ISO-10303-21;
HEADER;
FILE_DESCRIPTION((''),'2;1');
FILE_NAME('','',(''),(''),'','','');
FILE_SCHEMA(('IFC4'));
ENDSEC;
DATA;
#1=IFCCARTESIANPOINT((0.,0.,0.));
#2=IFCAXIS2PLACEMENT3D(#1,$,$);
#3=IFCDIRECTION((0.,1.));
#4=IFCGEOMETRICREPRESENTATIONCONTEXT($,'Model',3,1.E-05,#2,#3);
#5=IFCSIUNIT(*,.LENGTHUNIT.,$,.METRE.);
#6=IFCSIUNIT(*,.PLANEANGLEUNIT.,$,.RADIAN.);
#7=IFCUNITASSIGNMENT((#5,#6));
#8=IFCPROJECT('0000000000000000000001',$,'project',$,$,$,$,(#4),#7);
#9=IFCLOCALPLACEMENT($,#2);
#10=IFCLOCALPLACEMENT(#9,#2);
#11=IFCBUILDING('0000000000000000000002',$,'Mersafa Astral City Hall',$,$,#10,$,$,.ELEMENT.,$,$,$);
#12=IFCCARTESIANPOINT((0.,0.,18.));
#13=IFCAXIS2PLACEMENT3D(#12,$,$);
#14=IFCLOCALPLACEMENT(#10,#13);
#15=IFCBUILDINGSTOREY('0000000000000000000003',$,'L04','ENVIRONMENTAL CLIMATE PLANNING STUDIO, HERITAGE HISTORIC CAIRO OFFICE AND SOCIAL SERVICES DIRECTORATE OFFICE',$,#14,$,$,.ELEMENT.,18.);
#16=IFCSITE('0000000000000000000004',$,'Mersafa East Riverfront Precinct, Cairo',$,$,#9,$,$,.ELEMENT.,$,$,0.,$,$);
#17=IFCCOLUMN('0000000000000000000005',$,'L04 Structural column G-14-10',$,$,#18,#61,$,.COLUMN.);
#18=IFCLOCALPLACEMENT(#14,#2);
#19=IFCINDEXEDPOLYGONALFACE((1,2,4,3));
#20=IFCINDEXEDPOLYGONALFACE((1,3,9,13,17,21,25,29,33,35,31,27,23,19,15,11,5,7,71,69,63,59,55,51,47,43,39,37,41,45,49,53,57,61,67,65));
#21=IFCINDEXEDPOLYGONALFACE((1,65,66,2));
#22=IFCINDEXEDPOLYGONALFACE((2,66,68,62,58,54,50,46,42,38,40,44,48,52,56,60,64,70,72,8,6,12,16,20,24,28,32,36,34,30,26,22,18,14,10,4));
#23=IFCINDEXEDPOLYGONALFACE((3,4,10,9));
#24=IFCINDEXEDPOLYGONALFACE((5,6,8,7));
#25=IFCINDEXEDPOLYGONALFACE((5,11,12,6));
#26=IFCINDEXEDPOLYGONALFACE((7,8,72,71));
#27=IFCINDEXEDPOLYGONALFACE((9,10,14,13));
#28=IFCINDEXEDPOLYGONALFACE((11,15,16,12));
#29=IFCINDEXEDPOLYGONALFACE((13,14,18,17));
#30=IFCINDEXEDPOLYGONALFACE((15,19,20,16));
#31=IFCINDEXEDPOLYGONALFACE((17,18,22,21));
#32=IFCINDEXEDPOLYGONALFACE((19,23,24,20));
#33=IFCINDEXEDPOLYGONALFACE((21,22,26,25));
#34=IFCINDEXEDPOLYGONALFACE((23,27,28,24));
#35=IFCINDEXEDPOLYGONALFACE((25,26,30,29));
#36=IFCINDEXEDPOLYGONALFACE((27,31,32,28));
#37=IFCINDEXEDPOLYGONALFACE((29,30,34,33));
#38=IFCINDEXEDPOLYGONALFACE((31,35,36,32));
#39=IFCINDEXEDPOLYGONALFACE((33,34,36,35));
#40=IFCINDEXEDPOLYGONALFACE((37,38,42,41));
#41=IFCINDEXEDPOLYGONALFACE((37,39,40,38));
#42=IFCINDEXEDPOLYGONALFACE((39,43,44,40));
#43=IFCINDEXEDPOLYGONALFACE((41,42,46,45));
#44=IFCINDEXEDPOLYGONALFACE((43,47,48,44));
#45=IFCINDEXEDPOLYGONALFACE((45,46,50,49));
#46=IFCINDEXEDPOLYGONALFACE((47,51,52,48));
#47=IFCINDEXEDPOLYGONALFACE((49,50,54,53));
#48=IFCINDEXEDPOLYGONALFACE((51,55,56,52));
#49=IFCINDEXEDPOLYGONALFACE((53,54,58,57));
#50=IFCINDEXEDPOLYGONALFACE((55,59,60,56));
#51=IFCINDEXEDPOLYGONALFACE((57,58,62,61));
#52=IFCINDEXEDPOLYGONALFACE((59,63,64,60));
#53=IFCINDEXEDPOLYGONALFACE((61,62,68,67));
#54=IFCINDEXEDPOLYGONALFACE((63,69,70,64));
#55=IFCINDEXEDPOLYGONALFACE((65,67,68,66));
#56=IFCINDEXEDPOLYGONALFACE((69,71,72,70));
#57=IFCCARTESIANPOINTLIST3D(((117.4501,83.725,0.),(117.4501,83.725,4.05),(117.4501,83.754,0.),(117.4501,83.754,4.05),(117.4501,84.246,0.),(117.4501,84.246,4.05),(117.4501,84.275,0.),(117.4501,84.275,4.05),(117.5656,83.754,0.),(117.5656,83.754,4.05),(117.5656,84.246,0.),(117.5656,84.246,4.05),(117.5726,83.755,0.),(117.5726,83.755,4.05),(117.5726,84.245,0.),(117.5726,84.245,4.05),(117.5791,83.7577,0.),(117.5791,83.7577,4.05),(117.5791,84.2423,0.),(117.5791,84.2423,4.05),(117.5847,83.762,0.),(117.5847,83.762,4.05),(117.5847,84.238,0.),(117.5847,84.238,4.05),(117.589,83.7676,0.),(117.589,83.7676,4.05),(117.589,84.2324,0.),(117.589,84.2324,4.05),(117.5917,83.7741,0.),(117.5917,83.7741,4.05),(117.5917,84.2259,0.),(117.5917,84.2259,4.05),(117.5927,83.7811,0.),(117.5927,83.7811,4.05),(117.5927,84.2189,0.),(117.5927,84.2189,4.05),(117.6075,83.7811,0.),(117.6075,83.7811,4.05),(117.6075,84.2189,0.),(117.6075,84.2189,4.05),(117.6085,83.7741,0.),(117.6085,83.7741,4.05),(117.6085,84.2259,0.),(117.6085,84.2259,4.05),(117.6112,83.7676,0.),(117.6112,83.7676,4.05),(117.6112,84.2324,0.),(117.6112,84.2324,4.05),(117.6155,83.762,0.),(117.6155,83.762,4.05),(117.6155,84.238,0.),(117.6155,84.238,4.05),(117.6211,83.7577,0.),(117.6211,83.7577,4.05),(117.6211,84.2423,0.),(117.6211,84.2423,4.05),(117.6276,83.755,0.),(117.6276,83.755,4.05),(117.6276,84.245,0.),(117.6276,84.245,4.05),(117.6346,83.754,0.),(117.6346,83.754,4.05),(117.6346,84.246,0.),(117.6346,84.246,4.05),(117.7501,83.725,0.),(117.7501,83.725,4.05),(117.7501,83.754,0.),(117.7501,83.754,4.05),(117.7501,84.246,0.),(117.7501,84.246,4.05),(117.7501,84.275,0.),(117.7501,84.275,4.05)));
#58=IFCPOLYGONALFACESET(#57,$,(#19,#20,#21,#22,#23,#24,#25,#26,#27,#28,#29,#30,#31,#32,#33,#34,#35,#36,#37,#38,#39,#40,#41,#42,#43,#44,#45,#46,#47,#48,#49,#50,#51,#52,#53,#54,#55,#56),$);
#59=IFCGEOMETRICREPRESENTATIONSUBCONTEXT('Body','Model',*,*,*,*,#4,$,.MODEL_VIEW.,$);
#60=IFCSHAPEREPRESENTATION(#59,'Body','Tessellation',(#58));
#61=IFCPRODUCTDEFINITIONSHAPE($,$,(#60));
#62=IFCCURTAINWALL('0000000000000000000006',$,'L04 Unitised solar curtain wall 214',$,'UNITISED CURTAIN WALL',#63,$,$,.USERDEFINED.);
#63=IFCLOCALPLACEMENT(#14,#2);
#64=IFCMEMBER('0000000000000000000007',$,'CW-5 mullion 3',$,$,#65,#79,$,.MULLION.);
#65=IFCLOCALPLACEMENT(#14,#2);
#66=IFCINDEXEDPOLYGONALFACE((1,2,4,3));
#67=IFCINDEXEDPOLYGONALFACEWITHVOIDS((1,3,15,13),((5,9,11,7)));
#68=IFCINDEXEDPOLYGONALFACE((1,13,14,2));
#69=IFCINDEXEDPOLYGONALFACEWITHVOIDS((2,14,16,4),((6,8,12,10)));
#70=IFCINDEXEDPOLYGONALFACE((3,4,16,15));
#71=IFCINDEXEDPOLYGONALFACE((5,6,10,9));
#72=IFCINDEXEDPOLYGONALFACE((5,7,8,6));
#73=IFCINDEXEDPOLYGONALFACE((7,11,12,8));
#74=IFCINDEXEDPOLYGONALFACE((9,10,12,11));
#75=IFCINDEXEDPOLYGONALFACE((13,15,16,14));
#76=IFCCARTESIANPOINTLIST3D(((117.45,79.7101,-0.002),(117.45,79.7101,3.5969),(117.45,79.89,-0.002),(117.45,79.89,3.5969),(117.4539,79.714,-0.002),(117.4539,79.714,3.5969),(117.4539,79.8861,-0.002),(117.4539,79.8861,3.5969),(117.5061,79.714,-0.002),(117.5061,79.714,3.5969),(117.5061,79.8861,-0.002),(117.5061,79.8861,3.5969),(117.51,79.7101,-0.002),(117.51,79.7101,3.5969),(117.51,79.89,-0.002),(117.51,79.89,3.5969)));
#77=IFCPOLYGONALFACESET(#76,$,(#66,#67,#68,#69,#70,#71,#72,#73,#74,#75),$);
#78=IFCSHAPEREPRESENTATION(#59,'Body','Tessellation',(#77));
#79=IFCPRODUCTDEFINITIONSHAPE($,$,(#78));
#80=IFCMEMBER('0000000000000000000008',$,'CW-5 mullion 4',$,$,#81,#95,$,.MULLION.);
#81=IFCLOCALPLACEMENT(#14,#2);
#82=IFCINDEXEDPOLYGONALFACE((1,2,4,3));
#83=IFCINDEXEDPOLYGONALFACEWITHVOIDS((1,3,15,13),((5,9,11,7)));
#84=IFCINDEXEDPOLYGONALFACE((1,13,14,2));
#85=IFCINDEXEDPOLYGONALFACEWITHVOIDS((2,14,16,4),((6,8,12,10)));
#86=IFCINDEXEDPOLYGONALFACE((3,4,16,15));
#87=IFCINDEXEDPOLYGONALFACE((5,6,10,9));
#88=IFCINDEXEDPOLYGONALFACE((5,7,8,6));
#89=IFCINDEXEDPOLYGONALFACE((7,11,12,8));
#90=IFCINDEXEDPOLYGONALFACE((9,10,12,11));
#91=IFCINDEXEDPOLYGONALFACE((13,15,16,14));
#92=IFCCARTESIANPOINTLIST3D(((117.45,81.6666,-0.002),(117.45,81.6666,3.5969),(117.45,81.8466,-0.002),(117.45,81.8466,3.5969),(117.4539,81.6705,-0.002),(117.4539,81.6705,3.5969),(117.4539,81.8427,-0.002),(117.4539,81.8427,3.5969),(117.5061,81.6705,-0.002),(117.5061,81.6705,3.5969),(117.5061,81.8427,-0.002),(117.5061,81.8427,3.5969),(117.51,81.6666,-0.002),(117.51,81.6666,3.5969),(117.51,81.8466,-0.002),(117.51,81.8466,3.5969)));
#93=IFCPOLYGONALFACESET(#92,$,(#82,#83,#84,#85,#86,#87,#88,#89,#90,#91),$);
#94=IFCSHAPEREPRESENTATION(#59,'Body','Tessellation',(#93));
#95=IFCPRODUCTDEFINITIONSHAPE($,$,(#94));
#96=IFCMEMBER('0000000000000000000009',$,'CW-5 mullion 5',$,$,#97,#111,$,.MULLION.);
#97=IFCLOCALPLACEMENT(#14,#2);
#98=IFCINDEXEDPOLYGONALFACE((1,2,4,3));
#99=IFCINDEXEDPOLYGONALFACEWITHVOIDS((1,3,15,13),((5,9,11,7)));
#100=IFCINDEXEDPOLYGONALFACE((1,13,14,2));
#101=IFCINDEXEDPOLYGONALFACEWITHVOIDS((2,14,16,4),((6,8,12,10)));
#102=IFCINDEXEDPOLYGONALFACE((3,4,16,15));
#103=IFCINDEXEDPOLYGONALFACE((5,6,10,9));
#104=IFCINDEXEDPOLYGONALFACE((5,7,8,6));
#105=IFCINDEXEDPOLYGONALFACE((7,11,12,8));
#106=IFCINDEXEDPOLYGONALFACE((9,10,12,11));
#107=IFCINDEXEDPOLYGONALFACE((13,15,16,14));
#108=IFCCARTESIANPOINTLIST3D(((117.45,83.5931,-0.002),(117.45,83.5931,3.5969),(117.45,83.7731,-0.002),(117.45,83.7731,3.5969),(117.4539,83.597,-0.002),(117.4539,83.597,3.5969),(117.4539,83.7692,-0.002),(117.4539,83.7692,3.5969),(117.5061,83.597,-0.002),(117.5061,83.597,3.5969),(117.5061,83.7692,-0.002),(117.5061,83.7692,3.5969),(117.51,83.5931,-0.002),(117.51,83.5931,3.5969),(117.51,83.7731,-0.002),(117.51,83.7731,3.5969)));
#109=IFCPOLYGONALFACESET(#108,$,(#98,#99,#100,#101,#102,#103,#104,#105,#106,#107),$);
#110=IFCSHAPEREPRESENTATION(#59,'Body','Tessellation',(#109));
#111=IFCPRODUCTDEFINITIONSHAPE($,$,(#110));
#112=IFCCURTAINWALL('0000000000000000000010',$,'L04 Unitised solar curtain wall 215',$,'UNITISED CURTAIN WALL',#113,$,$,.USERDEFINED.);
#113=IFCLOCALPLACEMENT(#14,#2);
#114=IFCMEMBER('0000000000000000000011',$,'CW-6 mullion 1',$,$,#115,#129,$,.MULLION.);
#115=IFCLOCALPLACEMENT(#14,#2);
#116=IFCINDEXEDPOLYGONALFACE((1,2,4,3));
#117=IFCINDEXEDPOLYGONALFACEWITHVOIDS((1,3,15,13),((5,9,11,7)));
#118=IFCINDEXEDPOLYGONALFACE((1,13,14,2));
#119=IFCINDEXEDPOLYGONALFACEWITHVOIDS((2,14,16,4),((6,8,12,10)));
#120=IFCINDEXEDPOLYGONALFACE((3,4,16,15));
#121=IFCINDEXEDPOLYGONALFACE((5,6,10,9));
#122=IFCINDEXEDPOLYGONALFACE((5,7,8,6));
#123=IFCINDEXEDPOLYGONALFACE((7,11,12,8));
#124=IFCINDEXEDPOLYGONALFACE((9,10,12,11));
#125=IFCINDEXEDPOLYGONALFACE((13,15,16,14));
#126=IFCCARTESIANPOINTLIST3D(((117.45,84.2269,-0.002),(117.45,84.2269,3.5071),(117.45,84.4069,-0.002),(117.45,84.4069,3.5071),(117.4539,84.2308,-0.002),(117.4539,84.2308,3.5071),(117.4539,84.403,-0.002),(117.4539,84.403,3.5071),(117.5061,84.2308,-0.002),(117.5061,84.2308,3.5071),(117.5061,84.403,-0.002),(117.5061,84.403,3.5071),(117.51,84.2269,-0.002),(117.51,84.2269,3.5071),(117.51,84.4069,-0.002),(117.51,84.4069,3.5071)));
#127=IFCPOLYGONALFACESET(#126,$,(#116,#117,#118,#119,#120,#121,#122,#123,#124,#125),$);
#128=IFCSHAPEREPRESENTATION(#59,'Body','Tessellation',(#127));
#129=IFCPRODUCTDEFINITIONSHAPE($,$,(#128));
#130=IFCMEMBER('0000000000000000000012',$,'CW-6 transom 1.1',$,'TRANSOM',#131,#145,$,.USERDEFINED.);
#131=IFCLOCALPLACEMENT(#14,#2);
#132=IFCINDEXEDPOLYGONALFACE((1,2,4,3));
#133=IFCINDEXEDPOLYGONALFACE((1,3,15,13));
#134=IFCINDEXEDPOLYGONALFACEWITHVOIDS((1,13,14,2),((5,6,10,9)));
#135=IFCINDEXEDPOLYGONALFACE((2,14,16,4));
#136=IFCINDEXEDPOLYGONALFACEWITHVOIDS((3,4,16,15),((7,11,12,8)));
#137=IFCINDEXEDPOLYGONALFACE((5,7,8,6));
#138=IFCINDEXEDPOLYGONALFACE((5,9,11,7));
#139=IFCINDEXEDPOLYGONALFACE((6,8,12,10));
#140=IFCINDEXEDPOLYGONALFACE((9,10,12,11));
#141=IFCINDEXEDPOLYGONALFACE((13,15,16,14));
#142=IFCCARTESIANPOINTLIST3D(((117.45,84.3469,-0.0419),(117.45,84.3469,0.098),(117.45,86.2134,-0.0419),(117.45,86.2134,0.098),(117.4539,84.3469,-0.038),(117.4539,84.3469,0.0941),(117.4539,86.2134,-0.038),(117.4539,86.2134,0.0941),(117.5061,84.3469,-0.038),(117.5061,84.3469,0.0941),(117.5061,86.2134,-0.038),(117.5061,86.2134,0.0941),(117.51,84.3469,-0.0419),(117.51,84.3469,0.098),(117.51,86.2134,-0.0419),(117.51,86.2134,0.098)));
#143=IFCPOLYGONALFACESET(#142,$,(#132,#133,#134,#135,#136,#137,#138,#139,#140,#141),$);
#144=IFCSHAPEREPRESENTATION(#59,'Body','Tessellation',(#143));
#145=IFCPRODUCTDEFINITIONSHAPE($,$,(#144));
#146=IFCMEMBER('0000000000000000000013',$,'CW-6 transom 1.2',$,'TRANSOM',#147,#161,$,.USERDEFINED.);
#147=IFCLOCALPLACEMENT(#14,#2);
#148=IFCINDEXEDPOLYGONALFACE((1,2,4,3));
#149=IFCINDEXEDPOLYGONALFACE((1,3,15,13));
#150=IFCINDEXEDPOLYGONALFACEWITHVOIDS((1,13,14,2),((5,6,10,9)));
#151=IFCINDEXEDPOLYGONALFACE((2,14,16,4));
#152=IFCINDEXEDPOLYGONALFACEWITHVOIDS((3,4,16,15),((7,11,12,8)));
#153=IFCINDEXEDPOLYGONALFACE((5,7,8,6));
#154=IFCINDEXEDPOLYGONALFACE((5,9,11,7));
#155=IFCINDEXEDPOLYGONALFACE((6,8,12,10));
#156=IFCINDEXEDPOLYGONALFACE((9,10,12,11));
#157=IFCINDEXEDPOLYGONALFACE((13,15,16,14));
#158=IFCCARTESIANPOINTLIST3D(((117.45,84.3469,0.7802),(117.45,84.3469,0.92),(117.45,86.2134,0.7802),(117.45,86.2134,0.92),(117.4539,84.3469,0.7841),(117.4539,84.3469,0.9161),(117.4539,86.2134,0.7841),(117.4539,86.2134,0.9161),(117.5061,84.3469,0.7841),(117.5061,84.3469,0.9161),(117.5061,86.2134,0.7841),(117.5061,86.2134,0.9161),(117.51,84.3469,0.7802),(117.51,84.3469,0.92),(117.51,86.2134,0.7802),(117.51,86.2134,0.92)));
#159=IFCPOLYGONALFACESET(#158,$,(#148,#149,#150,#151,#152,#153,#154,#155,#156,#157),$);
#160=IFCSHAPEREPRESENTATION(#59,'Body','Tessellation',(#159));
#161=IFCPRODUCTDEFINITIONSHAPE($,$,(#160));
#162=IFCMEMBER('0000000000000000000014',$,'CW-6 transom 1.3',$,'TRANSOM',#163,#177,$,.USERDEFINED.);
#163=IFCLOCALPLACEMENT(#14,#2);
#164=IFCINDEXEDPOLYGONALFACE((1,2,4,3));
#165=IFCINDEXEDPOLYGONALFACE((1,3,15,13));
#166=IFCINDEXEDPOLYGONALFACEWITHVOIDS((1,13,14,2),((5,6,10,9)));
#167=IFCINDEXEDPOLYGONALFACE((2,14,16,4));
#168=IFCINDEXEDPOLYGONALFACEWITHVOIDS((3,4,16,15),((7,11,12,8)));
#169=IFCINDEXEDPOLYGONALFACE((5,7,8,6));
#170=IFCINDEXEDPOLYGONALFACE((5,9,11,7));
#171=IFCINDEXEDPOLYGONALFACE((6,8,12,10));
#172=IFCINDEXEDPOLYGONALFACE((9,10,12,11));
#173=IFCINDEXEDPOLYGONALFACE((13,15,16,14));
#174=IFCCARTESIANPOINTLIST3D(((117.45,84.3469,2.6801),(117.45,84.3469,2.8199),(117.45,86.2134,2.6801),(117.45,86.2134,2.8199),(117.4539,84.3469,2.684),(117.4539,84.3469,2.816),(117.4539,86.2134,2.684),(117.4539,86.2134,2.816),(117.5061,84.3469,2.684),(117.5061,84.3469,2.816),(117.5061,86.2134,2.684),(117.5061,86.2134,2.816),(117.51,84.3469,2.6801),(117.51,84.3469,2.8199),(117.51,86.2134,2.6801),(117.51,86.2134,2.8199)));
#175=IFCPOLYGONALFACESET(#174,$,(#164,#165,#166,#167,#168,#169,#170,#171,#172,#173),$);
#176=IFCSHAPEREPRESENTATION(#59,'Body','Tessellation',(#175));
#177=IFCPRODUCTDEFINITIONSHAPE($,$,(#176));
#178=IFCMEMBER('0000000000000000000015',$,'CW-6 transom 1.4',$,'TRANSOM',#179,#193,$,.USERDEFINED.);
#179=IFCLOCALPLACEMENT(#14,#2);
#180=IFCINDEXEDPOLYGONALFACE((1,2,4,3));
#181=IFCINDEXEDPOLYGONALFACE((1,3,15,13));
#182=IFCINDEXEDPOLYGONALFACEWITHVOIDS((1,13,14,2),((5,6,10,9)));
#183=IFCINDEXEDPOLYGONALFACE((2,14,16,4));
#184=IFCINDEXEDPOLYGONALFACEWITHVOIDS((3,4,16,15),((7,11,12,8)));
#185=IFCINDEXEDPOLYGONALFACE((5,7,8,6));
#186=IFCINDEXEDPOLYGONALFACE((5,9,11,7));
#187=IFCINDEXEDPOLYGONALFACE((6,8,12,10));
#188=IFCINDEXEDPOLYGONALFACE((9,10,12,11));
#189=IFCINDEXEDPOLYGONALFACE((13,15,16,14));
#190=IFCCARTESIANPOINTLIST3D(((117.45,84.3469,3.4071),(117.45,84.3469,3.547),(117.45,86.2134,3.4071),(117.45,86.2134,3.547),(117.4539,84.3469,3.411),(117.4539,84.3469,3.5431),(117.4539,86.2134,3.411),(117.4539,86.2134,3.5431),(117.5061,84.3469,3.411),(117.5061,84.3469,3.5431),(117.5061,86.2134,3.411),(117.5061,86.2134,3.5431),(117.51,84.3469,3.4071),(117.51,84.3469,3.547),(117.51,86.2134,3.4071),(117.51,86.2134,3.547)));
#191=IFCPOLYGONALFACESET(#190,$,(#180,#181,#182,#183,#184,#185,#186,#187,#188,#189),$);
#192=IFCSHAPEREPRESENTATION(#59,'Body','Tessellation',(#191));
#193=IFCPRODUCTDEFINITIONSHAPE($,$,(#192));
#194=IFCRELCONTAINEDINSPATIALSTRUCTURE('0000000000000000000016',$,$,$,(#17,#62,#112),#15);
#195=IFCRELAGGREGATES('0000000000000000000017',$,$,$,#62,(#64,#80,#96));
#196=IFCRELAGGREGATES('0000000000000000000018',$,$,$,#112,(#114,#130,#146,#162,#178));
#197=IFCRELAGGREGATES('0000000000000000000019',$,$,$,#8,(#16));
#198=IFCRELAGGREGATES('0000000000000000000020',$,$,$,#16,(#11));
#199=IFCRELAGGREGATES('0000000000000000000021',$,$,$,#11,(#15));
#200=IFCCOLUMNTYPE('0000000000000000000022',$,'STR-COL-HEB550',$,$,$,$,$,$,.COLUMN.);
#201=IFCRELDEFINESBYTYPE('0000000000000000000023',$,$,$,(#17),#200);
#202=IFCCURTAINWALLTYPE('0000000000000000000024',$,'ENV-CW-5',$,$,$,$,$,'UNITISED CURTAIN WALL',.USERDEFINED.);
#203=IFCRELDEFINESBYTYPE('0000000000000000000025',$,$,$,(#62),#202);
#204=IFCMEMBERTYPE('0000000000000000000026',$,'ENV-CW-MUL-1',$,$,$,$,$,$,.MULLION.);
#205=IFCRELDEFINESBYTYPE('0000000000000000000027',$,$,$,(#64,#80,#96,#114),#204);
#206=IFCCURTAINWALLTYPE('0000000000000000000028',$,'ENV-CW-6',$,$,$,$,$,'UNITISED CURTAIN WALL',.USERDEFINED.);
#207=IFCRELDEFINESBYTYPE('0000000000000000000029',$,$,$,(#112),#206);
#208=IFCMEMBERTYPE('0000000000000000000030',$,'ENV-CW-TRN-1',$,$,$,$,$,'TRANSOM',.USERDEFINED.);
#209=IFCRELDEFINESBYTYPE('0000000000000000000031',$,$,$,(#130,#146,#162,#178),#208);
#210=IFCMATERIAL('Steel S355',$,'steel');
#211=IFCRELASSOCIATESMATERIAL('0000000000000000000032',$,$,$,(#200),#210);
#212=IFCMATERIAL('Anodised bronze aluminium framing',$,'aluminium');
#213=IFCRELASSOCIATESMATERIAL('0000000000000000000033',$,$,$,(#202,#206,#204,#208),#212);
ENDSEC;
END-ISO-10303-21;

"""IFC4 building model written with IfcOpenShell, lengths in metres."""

from ifc_helpers import new_model, si_unit, direction, frame, origin, origin_2d, place, context, subcontext, project, spatial, hollow_rectangle, i_section, extrude, material, material_profile, profile_set, type_object, element, aggregate, save


model = new_model("IFC4")

# Units and contexts
model_context = context("Model", 3, precision=1e-05, world=origin(), true_north=direction((0.0, 1.0)))
body_context = subcontext(model_context, "Body", "Model", "MODEL_VIEW")
ifc_project = project(units=[si_unit("LENGTHUNIT", "METRE"), si_unit("PLANEANGLEUNIT", "RADIAN")], contexts=[model_context])

# Site, building, storey
site_placement = place(None, origin())
site = spatial("IfcSite", under=ifc_project, at=site_placement, Name="Mersafa East Riverfront Precinct, Cairo", CompositionType="ELEMENT", RefElevation=0.0)
building_placement = place(site_placement, origin())
building = spatial("IfcBuilding", under=site, at=building_placement, Name="Mersafa Astral City Hall", CompositionType="ELEMENT")
storey_placement = place(building_placement, frame((0.0, 0.0, 18.0)))
storey = spatial("IfcBuildingStorey", under=building, at=storey_placement, Name="L04", Description="ENVIRONMENTAL CLIMATE PLANNING STUDIO, HERITAGE HISTORIC CAIRO OFFICE AND SOCIAL SERVICES DIRECTORATE OFFICE", CompositionType="ELEMENT", Elevation=18.0)

# Column
ifc_material_1 = material(Name="Steel S355", Category="steel")
ifc_material_profile_1 = material_profile(ifc_material_1, i_section(OverallWidth=0.3, OverallDepth=0.55, WebThickness=0.0149, FlangeThickness=0.0291, FilletRadius=0.0271, at=origin_2d()), Name="HEB 550")
ifc_profile_set_1 = profile_set([ifc_material_profile_1], Name="Steel S355")
column_type = type_object("IfcColumnType", Name="STR-COL-HEB550", PredefinedType="COLUMN", material=ifc_profile_set_1)
column_placement = place(storey_placement, frame((117.6001, 84.0, 0.0), z_axis=(0.0, 0.0, 1.0), x_axis=(1.0, 0.0, 0.0)))
element("IfcColumn", 1, at=column_placement, inside=storey, type_object=column_type, Name="L04 Structural column G-14-10", PredefinedType="COLUMN", context=body_context, shape_type="SweptSolid", body=[
    extrude(i_section(OverallWidth=0.3, OverallDepth=0.55, WebThickness=0.0149, FlangeThickness=0.0291, FilletRadius=0.0271, at=origin_2d()), origin(), (0.0, 0.0, 1.0), 4.05),
])

# Curtain walls, members
ifc_material_2 = material(Name="Anodised bronze aluminium framing", Category="aluminium")
curtain_wall_type_1 = type_object("IfcCurtainWallType", Name="ENV-CW-5", ElementType="UNITISED CURTAIN WALL", PredefinedType="USERDEFINED", material=ifc_material_2)
curtain_wall_1_placement = place(storey_placement, origin())
curtain_wall_1 = element("IfcCurtainWall", 2, at=curtain_wall_1_placement, inside=storey, type_object=curtain_wall_type_1, Name="L04 Unitised solar curtain wall 214", ObjectType="UNITISED CURTAIN WALL", PredefinedType="USERDEFINED")
ifc_material_profile_2 = material_profile(ifc_material_2, hollow_rectangle(XDim=0.0601, YDim=0.1799, WallThickness=0.0039, at=origin_2d()), Name="RHS 60x180x4")
ifc_profile_set_2 = profile_set([ifc_material_profile_2], Name="Anodised bronze aluminium framing")
member_type_1 = type_object("IfcMemberType", Name="ENV-CW-MUL-1", PredefinedType="MULLION", material=ifc_profile_set_2)
member_1_placement = place(storey_placement, frame((117.48, 79.8, -0.002), z_axis=(0.0, 0.0, 1.0), x_axis=(-1.0, 0.0, 0.0)))
member_1 = element("IfcMember", 3, at=member_1_placement, type_object=member_type_1, Name="CW-5 mullion 3", PredefinedType="MULLION", context=body_context, shape_type="SweptSolid", body=[
    extrude(hollow_rectangle(XDim=0.0601, YDim=0.1799, WallThickness=0.0039, at=origin_2d()), origin(), (0.0, 0.0, 1.0), 3.5989),
])
member_2_placement = place(storey_placement, frame((117.48, 81.7566, -0.002), z_axis=(0.0, 0.0, 1.0), x_axis=(-1.0, 0.0, 0.0)))
member_2 = element("IfcMember", 4, at=member_2_placement, type_object=member_type_1, Name="CW-5 mullion 4", PredefinedType="MULLION", context=body_context, shape_type="SweptSolid", body=[
    extrude(hollow_rectangle(XDim=0.0601, YDim=0.1799, WallThickness=0.0039, at=origin_2d()), origin(), (0.0, 0.0, 1.0), 3.5989),
])
member_3_placement = place(storey_placement, frame((117.48, 83.6831, -0.002), z_axis=(0.0, 0.0, 1.0), x_axis=(-1.0, 0.0, 0.0)))
member_3 = element("IfcMember", 5, at=member_3_placement, type_object=member_type_1, Name="CW-5 mullion 5", PredefinedType="MULLION", context=body_context, shape_type="SweptSolid", body=[
    extrude(hollow_rectangle(XDim=0.0601, YDim=0.1799, WallThickness=0.0039, at=origin_2d()), origin(), (0.0, 0.0, 1.0), 3.5989),
])
curtain_wall_type_2 = type_object("IfcCurtainWallType", Name="ENV-CW-6", ElementType="UNITISED CURTAIN WALL", PredefinedType="USERDEFINED", material=ifc_material_2)
curtain_wall_2_placement = place(storey_placement, origin())
curtain_wall_2 = element("IfcCurtainWall", 6, at=curtain_wall_2_placement, inside=storey, type_object=curtain_wall_type_2, Name="L04 Unitised solar curtain wall 215", ObjectType="UNITISED CURTAIN WALL", PredefinedType="USERDEFINED")
member_4_placement = place(storey_placement, frame((117.48, 84.3169, -0.002), z_axis=(0.0, 0.0, 1.0), x_axis=(-1.0, 0.0, 0.0)))
member_4 = element("IfcMember", 7, at=member_4_placement, type_object=member_type_1, Name="CW-6 mullion 1", PredefinedType="MULLION", context=body_context, shape_type="SweptSolid", body=[
    extrude(hollow_rectangle(XDim=0.0601, YDim=0.1799, WallThickness=0.0039, at=origin_2d()), origin(), (0.0, 0.0, 1.0), 3.509),
])
ifc_material_profile_3 = material_profile(ifc_material_2, hollow_rectangle(XDim=0.0601, YDim=0.1399, WallThickness=0.0039, at=origin_2d()), Name="RHS 60x140x4")
ifc_profile_set_3 = profile_set([ifc_material_profile_3], Name="Anodised bronze aluminium framing")
member_type_2 = type_object("IfcMemberType", Name="ENV-CW-TRN-1", ElementType="TRANSOM", PredefinedType="USERDEFINED", material=ifc_profile_set_3)
member_5_placement = place(storey_placement, frame((117.48, 84.3469, 0.0281), z_axis=(0.0, 1.0, 0.0), x_axis=(-1.0, 0.0, 0.0)))
member_5 = element("IfcMember", 8, at=member_5_placement, type_object=member_type_2, Name="CW-6 transom 1.1", ObjectType="TRANSOM", PredefinedType="USERDEFINED", context=body_context, shape_type="SweptSolid", body=[
    extrude(hollow_rectangle(XDim=0.0601, YDim=0.1399, WallThickness=0.0039, at=origin_2d()), origin(), (0.0, 0.0, 1.0), 1.8665),
])
member_6_placement = place(storey_placement, frame((117.48, 84.3469, 0.8501), z_axis=(0.0, 1.0, 0.0), x_axis=(-1.0, 0.0, 0.0)))
member_6 = element("IfcMember", 9, at=member_6_placement, type_object=member_type_2, Name="CW-6 transom 1.2", ObjectType="TRANSOM", PredefinedType="USERDEFINED", context=body_context, shape_type="SweptSolid", body=[
    extrude(hollow_rectangle(XDim=0.0601, YDim=0.1399, WallThickness=0.0039, at=origin_2d()), origin(), (0.0, 0.0, 1.0), 1.8665),
])
member_7_placement = place(storey_placement, frame((117.48, 84.3469, 2.75), z_axis=(0.0, 1.0, 0.0), x_axis=(-1.0, 0.0, 0.0)))
member_7 = element("IfcMember", 10, at=member_7_placement, type_object=member_type_2, Name="CW-6 transom 1.3", ObjectType="TRANSOM", PredefinedType="USERDEFINED", context=body_context, shape_type="SweptSolid", body=[
    extrude(hollow_rectangle(XDim=0.0601, YDim=0.1399, WallThickness=0.0039, at=origin_2d()), origin(), (0.0, 0.0, 1.0), 1.8665),
])
member_8_placement = place(storey_placement, frame((117.48, 84.3469, 3.4771), z_axis=(0.0, 1.0, 0.0), x_axis=(-1.0, 0.0, 0.0)))
member_8 = element("IfcMember", 11, at=member_8_placement, type_object=member_type_2, Name="CW-6 transom 1.4", ObjectType="TRANSOM", PredefinedType="USERDEFINED", context=body_context, shape_type="SweptSolid", body=[
    extrude(hollow_rectangle(XDim=0.0601, YDim=0.1399, WallThickness=0.0039, at=origin_2d()), origin(), (0.0, 0.0, 1.0), 1.8665),
])

aggregate(curtain_wall_1, [member_1, member_2, member_3])
aggregate(curtain_wall_2, [member_4, member_5, member_6, member_7, member_8])

save(model, "model.ifc")
